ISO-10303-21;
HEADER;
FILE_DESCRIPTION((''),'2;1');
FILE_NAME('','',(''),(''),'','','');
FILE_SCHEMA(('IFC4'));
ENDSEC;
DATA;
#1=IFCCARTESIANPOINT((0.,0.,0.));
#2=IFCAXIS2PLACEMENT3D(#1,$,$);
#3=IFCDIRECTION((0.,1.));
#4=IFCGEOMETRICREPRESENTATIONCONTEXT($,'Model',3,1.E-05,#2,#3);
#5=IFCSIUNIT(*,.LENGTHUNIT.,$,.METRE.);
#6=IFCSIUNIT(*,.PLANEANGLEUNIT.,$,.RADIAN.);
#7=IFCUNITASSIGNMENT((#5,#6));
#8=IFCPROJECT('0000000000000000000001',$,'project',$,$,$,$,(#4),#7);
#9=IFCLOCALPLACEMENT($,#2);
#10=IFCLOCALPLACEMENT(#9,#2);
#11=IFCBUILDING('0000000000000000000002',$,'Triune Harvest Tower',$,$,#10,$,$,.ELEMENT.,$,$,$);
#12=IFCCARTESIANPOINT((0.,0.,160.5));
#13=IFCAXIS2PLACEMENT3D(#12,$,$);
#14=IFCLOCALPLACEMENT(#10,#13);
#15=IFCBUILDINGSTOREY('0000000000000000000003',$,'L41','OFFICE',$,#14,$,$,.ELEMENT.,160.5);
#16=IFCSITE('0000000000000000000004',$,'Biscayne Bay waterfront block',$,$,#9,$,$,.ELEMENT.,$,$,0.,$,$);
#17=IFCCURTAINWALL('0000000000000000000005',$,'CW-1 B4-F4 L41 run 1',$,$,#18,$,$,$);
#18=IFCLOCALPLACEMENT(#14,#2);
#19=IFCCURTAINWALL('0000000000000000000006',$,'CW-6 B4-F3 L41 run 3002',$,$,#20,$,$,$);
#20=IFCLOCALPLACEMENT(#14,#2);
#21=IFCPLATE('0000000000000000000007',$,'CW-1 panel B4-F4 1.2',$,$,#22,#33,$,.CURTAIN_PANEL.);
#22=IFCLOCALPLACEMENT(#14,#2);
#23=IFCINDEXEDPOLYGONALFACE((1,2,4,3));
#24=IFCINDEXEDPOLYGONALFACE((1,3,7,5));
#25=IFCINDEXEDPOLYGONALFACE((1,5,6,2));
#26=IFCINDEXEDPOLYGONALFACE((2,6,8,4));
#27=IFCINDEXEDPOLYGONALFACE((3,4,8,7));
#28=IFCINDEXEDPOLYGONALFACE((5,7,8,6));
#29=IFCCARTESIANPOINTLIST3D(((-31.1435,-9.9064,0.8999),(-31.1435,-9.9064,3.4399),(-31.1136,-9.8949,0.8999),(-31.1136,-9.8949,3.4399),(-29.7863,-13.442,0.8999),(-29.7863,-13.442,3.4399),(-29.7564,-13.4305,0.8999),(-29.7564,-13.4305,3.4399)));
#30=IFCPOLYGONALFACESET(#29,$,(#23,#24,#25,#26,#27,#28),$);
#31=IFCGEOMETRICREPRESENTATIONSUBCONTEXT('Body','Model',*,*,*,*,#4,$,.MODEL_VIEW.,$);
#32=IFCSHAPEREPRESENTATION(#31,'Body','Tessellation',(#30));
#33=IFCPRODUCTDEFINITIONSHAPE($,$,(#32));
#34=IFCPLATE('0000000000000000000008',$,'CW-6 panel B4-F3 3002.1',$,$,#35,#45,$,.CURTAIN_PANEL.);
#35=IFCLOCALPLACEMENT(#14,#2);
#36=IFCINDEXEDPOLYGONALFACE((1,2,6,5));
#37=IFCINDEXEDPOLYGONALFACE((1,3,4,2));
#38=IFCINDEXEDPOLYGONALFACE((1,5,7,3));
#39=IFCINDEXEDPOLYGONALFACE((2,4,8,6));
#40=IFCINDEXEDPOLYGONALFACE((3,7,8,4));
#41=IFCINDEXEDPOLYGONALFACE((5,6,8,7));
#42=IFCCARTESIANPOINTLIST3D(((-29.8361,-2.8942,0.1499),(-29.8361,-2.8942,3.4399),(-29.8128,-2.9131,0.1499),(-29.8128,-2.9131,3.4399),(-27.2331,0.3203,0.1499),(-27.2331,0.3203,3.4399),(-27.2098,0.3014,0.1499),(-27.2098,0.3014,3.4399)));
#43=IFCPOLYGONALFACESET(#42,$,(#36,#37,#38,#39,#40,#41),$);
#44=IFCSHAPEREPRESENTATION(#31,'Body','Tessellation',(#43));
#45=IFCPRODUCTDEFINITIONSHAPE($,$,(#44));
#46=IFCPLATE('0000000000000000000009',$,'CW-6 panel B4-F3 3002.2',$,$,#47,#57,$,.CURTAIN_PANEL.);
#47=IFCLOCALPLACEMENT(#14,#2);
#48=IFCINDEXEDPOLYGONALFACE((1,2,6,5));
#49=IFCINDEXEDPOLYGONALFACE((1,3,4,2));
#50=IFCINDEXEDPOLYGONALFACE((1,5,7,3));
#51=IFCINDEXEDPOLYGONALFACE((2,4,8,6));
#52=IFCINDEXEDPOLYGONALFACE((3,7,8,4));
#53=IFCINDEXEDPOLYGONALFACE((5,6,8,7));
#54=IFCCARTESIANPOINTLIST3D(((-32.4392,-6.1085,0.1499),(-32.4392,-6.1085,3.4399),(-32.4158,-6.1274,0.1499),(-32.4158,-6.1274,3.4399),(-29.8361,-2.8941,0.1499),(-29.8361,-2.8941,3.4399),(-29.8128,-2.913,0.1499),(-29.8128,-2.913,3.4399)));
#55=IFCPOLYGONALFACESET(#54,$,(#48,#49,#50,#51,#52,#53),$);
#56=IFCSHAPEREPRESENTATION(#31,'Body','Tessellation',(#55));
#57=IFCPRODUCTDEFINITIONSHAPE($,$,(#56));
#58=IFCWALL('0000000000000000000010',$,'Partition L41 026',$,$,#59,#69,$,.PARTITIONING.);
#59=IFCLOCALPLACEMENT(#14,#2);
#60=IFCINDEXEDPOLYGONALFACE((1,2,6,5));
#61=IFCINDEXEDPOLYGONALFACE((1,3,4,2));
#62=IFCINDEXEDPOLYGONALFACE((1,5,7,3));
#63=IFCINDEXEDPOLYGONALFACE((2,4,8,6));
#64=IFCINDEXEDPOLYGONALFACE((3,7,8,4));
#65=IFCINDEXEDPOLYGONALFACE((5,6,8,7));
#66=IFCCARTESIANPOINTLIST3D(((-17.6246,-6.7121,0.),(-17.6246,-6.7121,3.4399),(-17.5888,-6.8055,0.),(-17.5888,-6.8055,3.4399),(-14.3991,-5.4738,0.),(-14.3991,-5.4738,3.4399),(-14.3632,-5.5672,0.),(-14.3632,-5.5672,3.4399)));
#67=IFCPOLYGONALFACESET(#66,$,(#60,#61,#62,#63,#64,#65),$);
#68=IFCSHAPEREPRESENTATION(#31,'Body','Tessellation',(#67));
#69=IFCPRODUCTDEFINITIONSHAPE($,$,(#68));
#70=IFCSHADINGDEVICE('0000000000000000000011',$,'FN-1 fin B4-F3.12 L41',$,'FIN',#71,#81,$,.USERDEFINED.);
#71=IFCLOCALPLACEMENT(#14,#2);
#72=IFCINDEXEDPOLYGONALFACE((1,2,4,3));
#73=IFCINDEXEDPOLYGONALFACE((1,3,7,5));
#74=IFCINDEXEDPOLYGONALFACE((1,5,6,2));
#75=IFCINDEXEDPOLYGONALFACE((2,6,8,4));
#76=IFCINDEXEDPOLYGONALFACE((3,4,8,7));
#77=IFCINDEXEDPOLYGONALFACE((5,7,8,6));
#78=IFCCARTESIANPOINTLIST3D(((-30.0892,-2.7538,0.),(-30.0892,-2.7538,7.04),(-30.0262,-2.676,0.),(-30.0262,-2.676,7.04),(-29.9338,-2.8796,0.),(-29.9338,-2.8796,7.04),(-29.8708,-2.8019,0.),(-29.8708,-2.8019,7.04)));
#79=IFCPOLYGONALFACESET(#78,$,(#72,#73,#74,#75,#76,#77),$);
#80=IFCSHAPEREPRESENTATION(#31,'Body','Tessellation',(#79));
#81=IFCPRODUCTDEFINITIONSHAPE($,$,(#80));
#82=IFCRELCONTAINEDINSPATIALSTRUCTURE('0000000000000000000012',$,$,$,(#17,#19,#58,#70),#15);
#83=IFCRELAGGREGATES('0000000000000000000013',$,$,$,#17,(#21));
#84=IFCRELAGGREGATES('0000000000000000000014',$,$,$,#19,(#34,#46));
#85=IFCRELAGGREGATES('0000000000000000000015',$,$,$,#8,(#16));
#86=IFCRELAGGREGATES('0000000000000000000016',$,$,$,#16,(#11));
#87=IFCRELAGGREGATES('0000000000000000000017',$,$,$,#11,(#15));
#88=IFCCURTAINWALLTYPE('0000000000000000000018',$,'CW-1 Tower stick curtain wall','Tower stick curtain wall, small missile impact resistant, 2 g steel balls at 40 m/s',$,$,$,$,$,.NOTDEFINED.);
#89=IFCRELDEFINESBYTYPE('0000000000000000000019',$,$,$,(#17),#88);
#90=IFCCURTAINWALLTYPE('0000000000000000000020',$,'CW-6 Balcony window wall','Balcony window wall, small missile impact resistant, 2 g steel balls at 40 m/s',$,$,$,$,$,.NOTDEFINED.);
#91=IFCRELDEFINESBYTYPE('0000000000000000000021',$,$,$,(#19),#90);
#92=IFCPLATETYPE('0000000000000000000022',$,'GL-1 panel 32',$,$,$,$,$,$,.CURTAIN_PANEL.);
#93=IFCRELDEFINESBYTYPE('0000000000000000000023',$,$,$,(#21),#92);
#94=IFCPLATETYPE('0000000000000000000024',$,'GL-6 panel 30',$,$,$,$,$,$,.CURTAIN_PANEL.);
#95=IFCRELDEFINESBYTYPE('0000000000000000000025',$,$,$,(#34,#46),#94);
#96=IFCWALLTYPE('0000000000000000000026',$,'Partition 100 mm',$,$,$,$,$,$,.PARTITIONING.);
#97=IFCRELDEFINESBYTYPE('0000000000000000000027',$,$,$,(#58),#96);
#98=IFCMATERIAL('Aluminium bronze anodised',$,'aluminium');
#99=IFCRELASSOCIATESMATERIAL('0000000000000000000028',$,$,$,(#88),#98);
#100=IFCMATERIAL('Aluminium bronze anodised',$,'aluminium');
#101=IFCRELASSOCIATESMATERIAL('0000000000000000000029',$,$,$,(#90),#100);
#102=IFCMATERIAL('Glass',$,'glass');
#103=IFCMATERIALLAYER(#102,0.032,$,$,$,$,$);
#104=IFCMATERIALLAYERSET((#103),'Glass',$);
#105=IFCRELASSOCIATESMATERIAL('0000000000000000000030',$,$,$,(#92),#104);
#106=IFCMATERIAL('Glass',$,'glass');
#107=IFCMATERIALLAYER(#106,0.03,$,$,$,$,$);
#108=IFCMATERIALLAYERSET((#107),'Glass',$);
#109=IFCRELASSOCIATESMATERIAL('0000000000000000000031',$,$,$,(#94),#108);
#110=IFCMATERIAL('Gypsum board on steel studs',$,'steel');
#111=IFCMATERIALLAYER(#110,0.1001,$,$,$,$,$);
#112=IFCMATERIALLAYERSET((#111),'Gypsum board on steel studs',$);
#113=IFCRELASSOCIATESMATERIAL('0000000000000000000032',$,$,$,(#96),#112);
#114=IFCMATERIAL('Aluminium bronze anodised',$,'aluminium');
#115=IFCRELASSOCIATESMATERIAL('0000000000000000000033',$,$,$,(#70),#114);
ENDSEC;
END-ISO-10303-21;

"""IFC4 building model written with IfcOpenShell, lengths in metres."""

from ifc_helpers import new_model, si_unit, direction, frame, frame_2d, origin, origin_2d, place, context, subcontext, project, spatial, rectangle, extrude, source, transform, mapped, material, layer, layer_set, type_object, element, aggregate, save


model = new_model("IFC4")

# Units and contexts
model_context = context("Model", 3, precision=1e-05, world=origin(), true_north=direction((0.0, 1.0)))
body_context = subcontext(model_context, "Body", "Model", "MODEL_VIEW")
ifc_project = project(units=[si_unit("LENGTHUNIT", "METRE"), si_unit("PLANEANGLEUNIT", "RADIAN")], contexts=[model_context])

# Site, building, storey
site_placement = place(None, origin())
site = spatial("IfcSite", under=ifc_project, at=site_placement, Name="Biscayne Bay waterfront block", CompositionType="ELEMENT", RefElevation=0.0)
building_placement = place(site_placement, origin())
building = spatial("IfcBuilding", under=site, at=building_placement, Name="Triune Harvest Tower", CompositionType="ELEMENT")
storey_placement = place(building_placement, frame((0.0, 0.0, 160.5)))
storey = spatial("IfcBuildingStorey", under=building, at=storey_placement, Name="L41", Description="OFFICE", CompositionType="ELEMENT", Elevation=160.5)

# Curtain walls
ifc_material_1 = material(Name="Aluminium bronze anodised", Category="aluminium")
curtain_wall_type_1 = type_object("IfcCurtainWallType", Name="CW-1 Tower stick curtain wall", Description="Tower stick curtain wall, small missile impact resistant, 2 g steel balls at 40 m/s", PredefinedType="NOTDEFINED", material=ifc_material_1)
curtain_wall_1_placement = place(storey_placement, origin())
curtain_wall_1 = element("IfcCurtainWall", 1, at=curtain_wall_1_placement, inside=storey, type_object=curtain_wall_type_1, Name="CW-1 B4-F4 L41 run 1")
ifc_material_2 = material(Name="Aluminium bronze anodised", Category="aluminium")
curtain_wall_type_2 = type_object("IfcCurtainWallType", Name="CW-6 Balcony window wall", Description="Balcony window wall, small missile impact resistant, 2 g steel balls at 40 m/s", PredefinedType="NOTDEFINED", material=ifc_material_2)
curtain_wall_2_placement = place(storey_placement, origin())
curtain_wall_2 = element("IfcCurtainWall", 2, at=curtain_wall_2_placement, inside=storey, type_object=curtain_wall_type_2, Name="CW-6 B4-F3 L41 run 3002")

# Plates
ifc_material_3 = material(Name="Glass", Category="glass")
ifc_layer_1 = layer(ifc_material_3, 0.032)
ifc_layer_set_1 = layer_set([ifc_layer_1], Name="Glass")
plate_type_1 = type_object("IfcPlateType", Name="GL-1 panel 32", PredefinedType="CURTAIN_PANEL", material=ifc_layer_set_1)
shared_shape_1 = source(origin(), body_context, "Body", "SweptSolid", [
    extrude(rectangle(XDim=3.7871, YDim=0.032, at=origin_2d()), origin(), (0.0, 0.0, 1.0), 2.54),
])
plate_1_placement = place(storey_placement, frame((-30.45, -11.6685, 0.8999), z_axis=(0.0, 0.0, 1.0), x_axis=(0.358369, -0.93358, 0.0)))
plate_1 = element("IfcPlate", 3, at=plate_1_placement, type_object=plate_type_1, Name="CW-1 panel B4-F4 1.2", PredefinedType="CURTAIN_PANEL", context=body_context, shape_type="MappedRepresentation", body=[
    mapped(shared_shape_1, transform((0.0, 0.0, 0.0), scale=1.0)),
])
aggregate(curtain_wall_1, [plate_1])
ifc_material_4 = material(Name="Glass", Category="glass")
ifc_layer_2 = layer(ifc_material_4, 0.03)
ifc_layer_set_2 = layer_set([ifc_layer_2], Name="Glass")
plate_type_2 = type_object("IfcPlateType", Name="GL-6 panel 30", PredefinedType="CURTAIN_PANEL", material=ifc_layer_set_2)
shared_shape_2 = source(origin(), body_context, "Body", "SweptSolid", [
    extrude(rectangle(XDim=4.1362, YDim=0.03, at=origin_2d()), origin(), (0.0, 0.0, 1.0), 3.29),
])
plate_2_placement = place(storey_placement, frame((-28.5229, -1.2964, 0.1499), z_axis=(0.0, 0.0, 1.0), x_axis=(-0.629323, -0.777144, 0.0)))
plate_2 = element("IfcPlate", 4, at=plate_2_placement, type_object=plate_type_2, Name="CW-6 panel B4-F3 3002.1", PredefinedType="CURTAIN_PANEL", context=body_context, shape_type="MappedRepresentation", body=[
    mapped(shared_shape_2, transform((0.0, 0.0, 0.0), scale=1.0)),
])
plate_3_placement = place(storey_placement, frame((-31.126, -4.5107, 0.1499), z_axis=(0.0, 0.0, 1.0), x_axis=(-0.629323, -0.777144, 0.0)))
plate_3 = element("IfcPlate", 5, at=plate_3_placement, type_object=plate_type_2, Name="CW-6 panel B4-F3 3002.2", PredefinedType="CURTAIN_PANEL", context=body_context, shape_type="MappedRepresentation", body=[
    mapped(shared_shape_2, transform((0.0, 0.0, 0.0), scale=1.0)),
])
aggregate(curtain_wall_2, [plate_2, plate_3])

# Wall
ifc_material_5 = material(Name="Gypsum board on steel studs", Category="steel")
ifc_layer_3 = layer(ifc_material_5, 0.1001)
ifc_layer_set_3 = layer_set([ifc_layer_3], Name="Gypsum board on steel studs")
wall_type = type_object("IfcWallType", Name="Partition 100 mm", PredefinedType="PARTITIONING", material=ifc_layer_set_3)
shared_shape_3 = source(origin(), body_context, "Body", "SweptSolid", [
    extrude(rectangle(XDim=3.4551, YDim=0.1001, at=frame_2d((1.7275, 0.0))), origin(), (0.0, 0.0, 1.0), 3.4399),
])
wall_placement = place(storey_placement, frame((-17.6067, -6.7588, 0.0), z_axis=(0.0, 0.0, 1.0), x_axis=(0.933571, 0.358392, 0.0)))
element("IfcWall", 6, at=wall_placement, inside=storey, type_object=wall_type, Name="Partition L41 026", PredefinedType="PARTITIONING", context=body_context, shape_type="MappedRepresentation", body=[
    mapped(shared_shape_3, transform((0.0, 0.0, 0.0), scale=1.0)),
])

# Shading device
ifc_material_6 = material(Name="Aluminium bronze anodised", Category="aluminium")
shared_shape_4 = source(origin(), body_context, "Body", "SweptSolid", [
    extrude(rectangle(XDim=0.1001, YDim=0.2, at=origin_2d()), origin(), (0.0, 0.0, 1.0), 7.04),
])
shading_device_placement = place(storey_placement, frame((-29.98, -2.7778, 0.0), z_axis=(0.0, 0.0, 1.0), x_axis=(-0.629321, -0.777145, 0.0)))
element("IfcShadingDevice", 7, at=shading_device_placement, inside=storey, material=ifc_material_6, Name="FN-1 fin B4-F3.12 L41", ObjectType="FIN", PredefinedType="USERDEFINED", context=body_context, shape_type="MappedRepresentation", body=[
    mapped(shared_shape_4, transform((0.0, 0.0, 0.0), scale=1.0)),
])

save(model, "model.ifc")
